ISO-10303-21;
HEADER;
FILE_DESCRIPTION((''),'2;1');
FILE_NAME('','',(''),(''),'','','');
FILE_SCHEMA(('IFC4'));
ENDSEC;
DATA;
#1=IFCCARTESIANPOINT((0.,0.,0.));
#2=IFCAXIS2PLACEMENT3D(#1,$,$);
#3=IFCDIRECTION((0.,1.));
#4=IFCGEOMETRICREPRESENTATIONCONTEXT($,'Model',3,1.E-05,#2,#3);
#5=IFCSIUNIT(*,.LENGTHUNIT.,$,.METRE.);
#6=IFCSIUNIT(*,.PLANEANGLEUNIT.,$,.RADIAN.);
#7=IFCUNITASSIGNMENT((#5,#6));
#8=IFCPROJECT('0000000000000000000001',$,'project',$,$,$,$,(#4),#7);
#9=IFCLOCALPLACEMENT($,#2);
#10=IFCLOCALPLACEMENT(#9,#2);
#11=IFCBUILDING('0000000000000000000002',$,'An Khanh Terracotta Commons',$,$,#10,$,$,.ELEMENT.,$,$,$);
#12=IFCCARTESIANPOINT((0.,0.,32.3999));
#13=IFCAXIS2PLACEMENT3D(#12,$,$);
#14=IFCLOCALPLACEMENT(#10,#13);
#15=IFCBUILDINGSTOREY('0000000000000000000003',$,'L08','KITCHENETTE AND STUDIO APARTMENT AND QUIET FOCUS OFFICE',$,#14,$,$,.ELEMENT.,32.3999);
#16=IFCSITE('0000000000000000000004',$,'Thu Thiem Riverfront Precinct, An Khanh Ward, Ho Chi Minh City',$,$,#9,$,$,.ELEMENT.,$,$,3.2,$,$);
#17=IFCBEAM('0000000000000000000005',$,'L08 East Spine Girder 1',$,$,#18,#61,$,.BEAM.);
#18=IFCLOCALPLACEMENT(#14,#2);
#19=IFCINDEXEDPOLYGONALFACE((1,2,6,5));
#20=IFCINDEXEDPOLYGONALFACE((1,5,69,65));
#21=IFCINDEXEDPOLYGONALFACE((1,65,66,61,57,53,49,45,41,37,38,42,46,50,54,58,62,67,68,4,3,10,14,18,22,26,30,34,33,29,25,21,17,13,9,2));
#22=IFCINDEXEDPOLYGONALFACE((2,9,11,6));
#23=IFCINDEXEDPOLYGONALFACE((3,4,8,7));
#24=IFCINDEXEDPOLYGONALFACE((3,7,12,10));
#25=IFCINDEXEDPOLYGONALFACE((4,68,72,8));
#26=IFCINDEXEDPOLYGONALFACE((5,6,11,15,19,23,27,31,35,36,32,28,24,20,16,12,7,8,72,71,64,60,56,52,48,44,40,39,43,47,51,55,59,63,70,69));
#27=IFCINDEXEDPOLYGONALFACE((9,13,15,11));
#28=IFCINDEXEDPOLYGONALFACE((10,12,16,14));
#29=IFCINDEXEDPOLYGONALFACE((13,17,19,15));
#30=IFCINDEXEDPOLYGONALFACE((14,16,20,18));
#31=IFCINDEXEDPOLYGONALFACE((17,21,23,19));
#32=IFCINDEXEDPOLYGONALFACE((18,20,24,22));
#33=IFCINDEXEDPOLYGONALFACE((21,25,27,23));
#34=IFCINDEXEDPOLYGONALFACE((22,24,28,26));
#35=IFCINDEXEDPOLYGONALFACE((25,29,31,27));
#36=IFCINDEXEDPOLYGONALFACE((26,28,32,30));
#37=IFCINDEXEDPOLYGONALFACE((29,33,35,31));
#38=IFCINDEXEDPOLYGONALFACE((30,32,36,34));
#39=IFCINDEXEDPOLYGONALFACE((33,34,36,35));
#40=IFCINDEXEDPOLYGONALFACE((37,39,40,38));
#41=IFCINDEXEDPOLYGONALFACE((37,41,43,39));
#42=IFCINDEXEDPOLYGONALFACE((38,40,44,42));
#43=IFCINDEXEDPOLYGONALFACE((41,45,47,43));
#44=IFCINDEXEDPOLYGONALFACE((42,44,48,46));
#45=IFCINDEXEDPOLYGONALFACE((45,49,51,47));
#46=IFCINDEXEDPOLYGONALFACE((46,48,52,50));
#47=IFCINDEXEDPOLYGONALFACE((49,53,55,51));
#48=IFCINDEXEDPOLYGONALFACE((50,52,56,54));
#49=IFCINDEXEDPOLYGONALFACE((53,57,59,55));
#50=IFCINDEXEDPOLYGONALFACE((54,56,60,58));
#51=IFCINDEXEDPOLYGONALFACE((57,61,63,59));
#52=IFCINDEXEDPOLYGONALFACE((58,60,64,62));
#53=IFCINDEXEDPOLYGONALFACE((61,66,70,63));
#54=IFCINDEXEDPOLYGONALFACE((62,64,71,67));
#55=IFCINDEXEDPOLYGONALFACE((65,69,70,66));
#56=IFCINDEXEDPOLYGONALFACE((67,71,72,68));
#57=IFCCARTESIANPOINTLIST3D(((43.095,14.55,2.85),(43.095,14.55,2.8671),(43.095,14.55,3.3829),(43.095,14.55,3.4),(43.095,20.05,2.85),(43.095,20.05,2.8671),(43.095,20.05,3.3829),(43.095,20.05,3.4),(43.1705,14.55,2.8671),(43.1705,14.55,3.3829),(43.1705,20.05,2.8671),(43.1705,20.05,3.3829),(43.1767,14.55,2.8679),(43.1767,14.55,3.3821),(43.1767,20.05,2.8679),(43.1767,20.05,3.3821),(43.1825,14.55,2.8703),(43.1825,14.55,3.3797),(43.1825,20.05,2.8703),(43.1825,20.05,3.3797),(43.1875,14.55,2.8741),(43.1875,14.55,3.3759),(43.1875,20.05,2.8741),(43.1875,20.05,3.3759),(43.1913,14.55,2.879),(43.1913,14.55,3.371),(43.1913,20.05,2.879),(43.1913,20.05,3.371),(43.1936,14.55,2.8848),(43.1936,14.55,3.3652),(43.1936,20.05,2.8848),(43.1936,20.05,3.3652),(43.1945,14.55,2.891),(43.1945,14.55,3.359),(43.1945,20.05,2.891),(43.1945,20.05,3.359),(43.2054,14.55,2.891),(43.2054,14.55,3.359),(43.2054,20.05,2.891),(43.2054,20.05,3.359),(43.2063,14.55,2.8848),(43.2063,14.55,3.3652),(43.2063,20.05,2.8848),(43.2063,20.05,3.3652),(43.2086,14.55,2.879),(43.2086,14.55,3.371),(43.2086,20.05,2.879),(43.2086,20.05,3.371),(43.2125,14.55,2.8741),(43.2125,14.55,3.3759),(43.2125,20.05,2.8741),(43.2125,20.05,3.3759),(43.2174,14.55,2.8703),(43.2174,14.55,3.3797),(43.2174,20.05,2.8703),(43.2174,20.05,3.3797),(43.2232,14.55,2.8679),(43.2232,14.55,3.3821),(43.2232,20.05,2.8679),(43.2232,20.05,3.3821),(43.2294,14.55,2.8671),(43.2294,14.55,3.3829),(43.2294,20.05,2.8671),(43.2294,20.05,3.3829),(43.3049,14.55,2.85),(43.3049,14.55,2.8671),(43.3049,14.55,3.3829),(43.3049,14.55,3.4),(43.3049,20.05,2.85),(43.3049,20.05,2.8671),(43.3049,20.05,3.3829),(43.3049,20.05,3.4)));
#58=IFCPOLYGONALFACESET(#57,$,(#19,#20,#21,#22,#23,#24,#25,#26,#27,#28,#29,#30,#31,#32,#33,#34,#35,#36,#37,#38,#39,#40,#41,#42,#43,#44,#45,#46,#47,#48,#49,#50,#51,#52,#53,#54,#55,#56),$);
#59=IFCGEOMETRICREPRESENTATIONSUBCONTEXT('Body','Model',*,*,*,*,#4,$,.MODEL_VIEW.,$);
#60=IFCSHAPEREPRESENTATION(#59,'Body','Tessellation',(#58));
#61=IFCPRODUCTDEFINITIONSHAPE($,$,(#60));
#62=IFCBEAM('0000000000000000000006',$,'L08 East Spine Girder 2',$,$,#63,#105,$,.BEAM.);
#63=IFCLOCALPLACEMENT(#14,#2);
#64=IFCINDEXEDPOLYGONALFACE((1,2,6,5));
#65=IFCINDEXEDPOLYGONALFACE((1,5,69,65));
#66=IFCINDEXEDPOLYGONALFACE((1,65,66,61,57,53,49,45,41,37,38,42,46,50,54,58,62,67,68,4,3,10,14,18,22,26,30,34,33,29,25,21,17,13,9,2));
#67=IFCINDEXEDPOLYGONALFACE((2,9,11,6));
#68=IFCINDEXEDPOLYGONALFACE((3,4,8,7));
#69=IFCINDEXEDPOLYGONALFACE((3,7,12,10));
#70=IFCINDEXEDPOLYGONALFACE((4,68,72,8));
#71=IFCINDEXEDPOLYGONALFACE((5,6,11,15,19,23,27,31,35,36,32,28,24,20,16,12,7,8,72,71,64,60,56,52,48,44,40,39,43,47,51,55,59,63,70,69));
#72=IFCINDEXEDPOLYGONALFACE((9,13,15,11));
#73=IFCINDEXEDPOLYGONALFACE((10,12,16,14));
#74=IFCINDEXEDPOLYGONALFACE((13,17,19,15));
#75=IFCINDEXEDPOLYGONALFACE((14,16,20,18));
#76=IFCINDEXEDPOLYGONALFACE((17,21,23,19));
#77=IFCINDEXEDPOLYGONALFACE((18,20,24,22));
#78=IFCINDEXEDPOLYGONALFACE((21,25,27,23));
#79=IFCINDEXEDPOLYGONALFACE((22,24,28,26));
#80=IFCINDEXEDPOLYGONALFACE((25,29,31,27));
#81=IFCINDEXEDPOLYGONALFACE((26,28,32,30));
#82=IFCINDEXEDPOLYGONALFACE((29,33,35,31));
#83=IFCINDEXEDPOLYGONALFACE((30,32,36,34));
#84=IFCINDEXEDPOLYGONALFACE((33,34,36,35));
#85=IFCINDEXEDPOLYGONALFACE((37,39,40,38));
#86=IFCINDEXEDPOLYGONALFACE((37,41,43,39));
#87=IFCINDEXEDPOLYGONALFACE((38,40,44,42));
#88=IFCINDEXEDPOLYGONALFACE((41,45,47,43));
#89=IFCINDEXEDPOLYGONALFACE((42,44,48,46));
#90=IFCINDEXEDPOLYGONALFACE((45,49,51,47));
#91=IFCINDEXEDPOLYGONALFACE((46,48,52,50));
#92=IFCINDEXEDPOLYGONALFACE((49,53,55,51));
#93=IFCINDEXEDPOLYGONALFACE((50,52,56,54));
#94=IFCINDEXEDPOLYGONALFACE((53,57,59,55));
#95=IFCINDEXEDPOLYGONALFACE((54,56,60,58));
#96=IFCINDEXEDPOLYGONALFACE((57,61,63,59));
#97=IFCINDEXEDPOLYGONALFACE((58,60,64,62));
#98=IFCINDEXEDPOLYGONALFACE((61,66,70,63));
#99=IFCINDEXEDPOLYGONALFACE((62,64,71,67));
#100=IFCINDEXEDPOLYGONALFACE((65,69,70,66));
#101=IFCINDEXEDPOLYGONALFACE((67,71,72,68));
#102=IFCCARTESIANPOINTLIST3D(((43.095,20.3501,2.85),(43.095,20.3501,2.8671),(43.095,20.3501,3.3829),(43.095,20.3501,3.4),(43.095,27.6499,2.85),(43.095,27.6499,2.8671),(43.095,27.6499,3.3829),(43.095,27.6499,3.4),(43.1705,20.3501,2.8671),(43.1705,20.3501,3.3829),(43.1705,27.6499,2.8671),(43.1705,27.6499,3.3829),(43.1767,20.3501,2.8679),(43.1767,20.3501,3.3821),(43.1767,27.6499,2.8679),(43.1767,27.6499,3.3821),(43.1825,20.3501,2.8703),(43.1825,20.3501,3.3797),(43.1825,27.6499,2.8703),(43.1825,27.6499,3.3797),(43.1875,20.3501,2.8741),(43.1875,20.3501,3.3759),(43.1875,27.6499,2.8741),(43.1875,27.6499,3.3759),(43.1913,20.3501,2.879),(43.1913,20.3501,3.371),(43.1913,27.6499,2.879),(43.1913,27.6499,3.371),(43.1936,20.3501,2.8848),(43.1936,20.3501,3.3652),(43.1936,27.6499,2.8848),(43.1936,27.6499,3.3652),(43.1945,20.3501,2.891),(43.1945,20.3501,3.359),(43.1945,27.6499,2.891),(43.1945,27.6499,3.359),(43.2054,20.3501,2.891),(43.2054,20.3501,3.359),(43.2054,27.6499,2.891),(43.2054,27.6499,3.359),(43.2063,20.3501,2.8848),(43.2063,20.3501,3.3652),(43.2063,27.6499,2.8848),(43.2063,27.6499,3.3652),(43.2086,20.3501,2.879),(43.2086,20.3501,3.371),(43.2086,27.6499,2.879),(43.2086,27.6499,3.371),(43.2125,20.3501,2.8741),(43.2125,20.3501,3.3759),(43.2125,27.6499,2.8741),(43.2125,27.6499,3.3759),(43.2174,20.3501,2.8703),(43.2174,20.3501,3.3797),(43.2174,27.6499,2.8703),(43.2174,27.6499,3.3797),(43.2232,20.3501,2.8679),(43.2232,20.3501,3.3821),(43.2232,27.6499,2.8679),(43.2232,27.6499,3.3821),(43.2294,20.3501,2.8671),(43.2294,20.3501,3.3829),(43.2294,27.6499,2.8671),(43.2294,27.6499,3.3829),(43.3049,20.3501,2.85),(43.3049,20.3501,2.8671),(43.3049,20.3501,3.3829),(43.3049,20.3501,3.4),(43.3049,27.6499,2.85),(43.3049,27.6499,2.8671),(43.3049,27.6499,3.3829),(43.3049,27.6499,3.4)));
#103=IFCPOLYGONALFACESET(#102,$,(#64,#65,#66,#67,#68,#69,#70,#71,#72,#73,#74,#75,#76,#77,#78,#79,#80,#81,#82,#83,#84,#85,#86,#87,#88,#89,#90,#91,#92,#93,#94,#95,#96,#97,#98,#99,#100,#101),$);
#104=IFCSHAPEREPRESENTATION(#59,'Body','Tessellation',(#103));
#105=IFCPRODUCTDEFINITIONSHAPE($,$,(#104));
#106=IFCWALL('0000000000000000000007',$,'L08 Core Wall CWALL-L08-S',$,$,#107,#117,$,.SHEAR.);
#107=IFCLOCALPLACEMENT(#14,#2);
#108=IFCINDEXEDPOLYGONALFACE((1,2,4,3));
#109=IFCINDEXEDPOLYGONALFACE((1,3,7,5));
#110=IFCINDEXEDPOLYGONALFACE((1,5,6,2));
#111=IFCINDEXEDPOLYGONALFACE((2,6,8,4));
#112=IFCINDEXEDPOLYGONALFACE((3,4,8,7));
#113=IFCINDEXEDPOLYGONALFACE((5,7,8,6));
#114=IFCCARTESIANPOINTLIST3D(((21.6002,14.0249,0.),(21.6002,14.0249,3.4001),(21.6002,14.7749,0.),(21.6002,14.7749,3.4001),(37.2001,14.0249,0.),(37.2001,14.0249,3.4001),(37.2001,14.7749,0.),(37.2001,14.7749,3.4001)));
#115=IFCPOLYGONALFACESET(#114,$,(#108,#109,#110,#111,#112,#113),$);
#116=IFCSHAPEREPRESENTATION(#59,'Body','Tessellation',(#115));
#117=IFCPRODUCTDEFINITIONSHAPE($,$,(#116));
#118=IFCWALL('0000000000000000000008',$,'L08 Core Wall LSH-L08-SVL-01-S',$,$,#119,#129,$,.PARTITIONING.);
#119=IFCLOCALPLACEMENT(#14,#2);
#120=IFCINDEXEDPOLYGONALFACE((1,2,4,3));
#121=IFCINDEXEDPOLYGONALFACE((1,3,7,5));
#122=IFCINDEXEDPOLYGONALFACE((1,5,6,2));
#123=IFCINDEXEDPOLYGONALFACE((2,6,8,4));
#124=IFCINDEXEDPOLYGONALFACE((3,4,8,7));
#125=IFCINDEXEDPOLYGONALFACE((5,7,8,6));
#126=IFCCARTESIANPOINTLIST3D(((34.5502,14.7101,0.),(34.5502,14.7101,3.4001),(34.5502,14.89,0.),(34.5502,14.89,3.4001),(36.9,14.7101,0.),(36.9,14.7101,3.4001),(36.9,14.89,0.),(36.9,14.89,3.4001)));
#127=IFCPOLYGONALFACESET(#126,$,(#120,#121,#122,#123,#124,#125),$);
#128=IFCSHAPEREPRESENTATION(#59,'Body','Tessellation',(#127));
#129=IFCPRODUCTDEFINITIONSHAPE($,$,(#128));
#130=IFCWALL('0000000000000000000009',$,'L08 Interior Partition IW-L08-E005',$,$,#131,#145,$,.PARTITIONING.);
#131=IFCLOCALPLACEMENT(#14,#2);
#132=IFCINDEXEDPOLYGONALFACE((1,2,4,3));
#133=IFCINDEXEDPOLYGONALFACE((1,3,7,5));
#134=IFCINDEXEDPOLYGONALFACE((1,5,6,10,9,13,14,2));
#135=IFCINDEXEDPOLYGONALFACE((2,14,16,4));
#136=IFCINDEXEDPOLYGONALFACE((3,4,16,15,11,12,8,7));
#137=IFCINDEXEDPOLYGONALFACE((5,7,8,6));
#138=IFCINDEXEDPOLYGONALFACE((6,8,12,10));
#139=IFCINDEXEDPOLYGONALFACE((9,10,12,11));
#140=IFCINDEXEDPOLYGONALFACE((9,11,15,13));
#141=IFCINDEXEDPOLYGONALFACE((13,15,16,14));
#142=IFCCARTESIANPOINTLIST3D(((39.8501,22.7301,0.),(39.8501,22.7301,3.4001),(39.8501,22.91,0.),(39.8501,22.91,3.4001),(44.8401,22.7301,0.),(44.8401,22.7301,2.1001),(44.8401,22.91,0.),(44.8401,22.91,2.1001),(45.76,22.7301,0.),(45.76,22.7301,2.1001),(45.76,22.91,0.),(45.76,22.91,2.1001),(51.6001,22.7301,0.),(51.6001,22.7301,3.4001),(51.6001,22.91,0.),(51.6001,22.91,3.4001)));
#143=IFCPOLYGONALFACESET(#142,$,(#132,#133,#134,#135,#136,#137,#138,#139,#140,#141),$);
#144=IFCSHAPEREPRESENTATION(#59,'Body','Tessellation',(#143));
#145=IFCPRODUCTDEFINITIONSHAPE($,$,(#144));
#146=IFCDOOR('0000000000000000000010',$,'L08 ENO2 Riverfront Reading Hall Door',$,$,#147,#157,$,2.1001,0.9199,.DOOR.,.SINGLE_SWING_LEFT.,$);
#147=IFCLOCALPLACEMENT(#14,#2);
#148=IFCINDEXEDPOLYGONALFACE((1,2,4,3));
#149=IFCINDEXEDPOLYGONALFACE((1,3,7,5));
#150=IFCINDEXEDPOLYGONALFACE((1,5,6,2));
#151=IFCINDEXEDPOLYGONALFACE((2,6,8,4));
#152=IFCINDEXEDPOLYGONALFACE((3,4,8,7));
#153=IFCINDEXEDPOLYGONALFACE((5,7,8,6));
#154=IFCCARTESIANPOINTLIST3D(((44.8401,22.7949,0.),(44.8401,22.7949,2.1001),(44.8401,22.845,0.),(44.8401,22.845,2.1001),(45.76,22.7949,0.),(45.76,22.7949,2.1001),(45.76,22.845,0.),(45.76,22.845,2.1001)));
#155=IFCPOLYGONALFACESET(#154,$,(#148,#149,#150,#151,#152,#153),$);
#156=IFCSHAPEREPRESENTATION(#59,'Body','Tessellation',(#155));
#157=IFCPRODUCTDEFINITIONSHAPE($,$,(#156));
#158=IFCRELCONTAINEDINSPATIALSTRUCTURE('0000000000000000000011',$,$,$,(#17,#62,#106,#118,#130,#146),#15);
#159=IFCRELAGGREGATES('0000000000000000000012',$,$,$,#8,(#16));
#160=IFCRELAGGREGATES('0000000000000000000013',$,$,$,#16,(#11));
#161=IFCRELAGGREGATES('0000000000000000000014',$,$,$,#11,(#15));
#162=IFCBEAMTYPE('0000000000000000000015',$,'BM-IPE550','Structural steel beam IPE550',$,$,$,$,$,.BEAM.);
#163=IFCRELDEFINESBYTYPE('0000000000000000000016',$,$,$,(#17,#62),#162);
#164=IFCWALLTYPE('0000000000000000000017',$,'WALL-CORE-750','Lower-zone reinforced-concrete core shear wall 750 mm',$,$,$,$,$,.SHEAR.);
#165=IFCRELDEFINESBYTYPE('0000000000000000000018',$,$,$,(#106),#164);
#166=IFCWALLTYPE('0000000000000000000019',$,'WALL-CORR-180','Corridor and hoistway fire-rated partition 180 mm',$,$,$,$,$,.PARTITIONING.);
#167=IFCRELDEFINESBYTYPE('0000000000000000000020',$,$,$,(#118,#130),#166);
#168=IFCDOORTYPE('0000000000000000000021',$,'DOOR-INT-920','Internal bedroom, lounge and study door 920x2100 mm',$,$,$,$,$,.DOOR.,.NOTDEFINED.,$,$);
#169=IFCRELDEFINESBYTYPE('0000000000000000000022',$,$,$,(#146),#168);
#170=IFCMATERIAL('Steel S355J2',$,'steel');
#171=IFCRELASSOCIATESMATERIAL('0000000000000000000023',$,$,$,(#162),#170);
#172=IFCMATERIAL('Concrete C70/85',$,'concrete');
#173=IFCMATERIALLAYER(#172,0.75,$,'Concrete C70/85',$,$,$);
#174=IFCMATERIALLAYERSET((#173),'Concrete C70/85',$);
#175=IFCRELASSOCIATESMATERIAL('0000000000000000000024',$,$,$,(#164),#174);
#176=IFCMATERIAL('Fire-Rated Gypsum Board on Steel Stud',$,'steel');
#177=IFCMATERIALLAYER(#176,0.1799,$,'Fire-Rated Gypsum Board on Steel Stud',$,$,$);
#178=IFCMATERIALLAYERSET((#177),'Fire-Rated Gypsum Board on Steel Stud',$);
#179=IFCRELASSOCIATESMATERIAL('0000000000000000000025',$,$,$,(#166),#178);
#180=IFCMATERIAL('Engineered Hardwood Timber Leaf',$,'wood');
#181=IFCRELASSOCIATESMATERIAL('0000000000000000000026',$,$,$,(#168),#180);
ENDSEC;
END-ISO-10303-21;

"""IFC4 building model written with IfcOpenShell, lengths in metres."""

from ifc_helpers import new_model, si_unit, direction, frame, frame_2d, origin, origin_2d, place, context, subcontext, project, spatial, rectangle, i_section, extrude, material, layer, layer_set, material_profile, profile_set, type_object, element, fill, save


model = new_model("IFC4")

# Units and contexts
model_context = context("Model", 3, precision=1e-05, world=origin(), true_north=direction((0.0, 1.0)))
body_context = subcontext(model_context, "Body", "Model", "MODEL_VIEW")
ifc_project = project(units=[si_unit("LENGTHUNIT", "METRE"), si_unit("PLANEANGLEUNIT", "RADIAN")], contexts=[model_context])

# Site, building, storey
site_placement = place(None, origin())
site = spatial("IfcSite", under=ifc_project, at=site_placement, Name="Thu Thiem Riverfront Precinct, An Khanh Ward, Ho Chi Minh City", CompositionType="ELEMENT", RefElevation=3.2)
building_placement = place(site_placement, origin())
building = spatial("IfcBuilding", under=site, at=building_placement, Name="An Khanh Terracotta Commons", CompositionType="ELEMENT")
storey_placement = place(building_placement, frame((0.0, 0.0, 32.3999)))
storey = spatial("IfcBuildingStorey", under=building, at=storey_placement, Name="L08", Description="KITCHENETTE AND STUDIO APARTMENT AND QUIET FOCUS OFFICE", CompositionType="ELEMENT", Elevation=32.3999)

# Shared definitions
ifc_material_1 = material(Name="Concrete C70/85", Category="concrete")

# Beams
ifc_material_2 = material(Name="Steel S355J2", Category="steel")
ifc_material_profile_1 = material_profile(ifc_material_2, i_section(OverallWidth=0.21, OverallDepth=0.55, WebThickness=0.011, FlangeThickness=0.0171, FilletRadius=0.0239, at=origin_2d()), Name="IPE550")
ifc_profile_set_1 = profile_set([ifc_material_profile_1], Name="Steel S355J2")
beam_type_1 = type_object("IfcBeamType", Name="BM-IPE550", Description="Structural steel beam IPE550", PredefinedType="BEAM", material=ifc_profile_set_1)
beam_1_placement = place(storey_placement, frame((43.2, 14.55, 3.125), z_axis=(0.0, 1.0, 0.0), x_axis=(-1.0, 0.0, 0.0)))
element("IfcBeam", 1, at=beam_1_placement, inside=storey, type_object=beam_type_1, Name="L08 East Spine Girder 1", PredefinedType="BEAM", context=body_context, shape_type="SweptSolid", body=[
    extrude(i_section(OverallWidth=0.21, OverallDepth=0.55, WebThickness=0.011, FlangeThickness=0.0171, FilletRadius=0.0239, at=origin_2d()), origin(), (0.0, 0.0, 1.0), 5.5),
])
beam_2_placement = place(storey_placement, frame((43.2, 20.3501, 3.125), z_axis=(0.0, 1.0, 0.0), x_axis=(-1.0, 0.0, 0.0)))
element("IfcBeam", 2, at=beam_2_placement, inside=storey, type_object=beam_type_1, Name="L08 East Spine Girder 2", PredefinedType="BEAM", context=body_context, shape_type="SweptSolid", body=[
    extrude(i_section(OverallWidth=0.21, OverallDepth=0.55, WebThickness=0.011, FlangeThickness=0.0171, FilletRadius=0.0239, at=origin_2d()), origin(), (0.0, 0.0, 1.0), 7.2998),
])

# Wall
ifc_layer_1 = layer(ifc_material_1, 0.75, Name="Concrete C70/85")
ifc_layer_set_1 = layer_set([ifc_layer_1], Name="Concrete C70/85")
wall_type_1 = type_object("IfcWallType", Name="WALL-CORE-750", Description="Lower-zone reinforced-concrete core shear wall 750 mm", PredefinedType="SHEAR", material=ifc_layer_set_1)
wall_1_placement = place(storey_placement, frame((37.2, 14.3999, 0.0), z_axis=(0.0, 0.0, 1.0), x_axis=(-1.0, 0.0, 0.0)))
element("IfcWall", 3, at=wall_1_placement, inside=storey, type_object=wall_type_1, Name="L08 Core Wall CWALL-L08-S", PredefinedType="SHEAR", context=body_context, shape_type="SweptSolid", body=[
    extrude(rectangle(XDim=15.5999, YDim=0.75, at=frame_2d((7.7998, 0.0))), origin(), (0.0, 0.0, 1.0), 3.4001),
])

# Wall
ifc_material_3 = material(Name="Fire-Rated Gypsum Board on Steel Stud", Category="steel")
ifc_layer_2 = layer(ifc_material_3, 0.1799, Name="Fire-Rated Gypsum Board on Steel Stud")
ifc_layer_set_2 = layer_set([ifc_layer_2], Name="Fire-Rated Gypsum Board on Steel Stud")
wall_type_2 = type_object("IfcWallType", Name="WALL-CORR-180", Description="Corridor and hoistway fire-rated partition 180 mm", PredefinedType="PARTITIONING", material=ifc_layer_set_2)
wall_2_placement = place(storey_placement, frame((36.8999, 14.8, 0.0), z_axis=(0.0, 0.0, 1.0), x_axis=(-1.0, 0.0, 0.0)))
element("IfcWall", 4, at=wall_2_placement, inside=storey, type_object=wall_type_2, Name="L08 Core Wall LSH-L08-SVL-01-S", PredefinedType="PARTITIONING", context=body_context, shape_type="SweptSolid", body=[
    extrude(rectangle(XDim=2.3499, YDim=0.1799, at=frame_2d((1.1748, 0.0))), origin(), (0.0, 0.0, 1.0), 3.4001),
])

# Wall, opening, door
wall_3_placement = place(storey_placement, frame((39.8501, 22.8201, 0.0), z_axis=(0.0, 0.0, 1.0), x_axis=(1.0, 0.0, 0.0)))
wall_3 = element("IfcWall", 5, at=wall_3_placement, inside=storey, type_object=wall_type_2, Name="L08 Interior Partition IW-L08-E005", PredefinedType="PARTITIONING", context=body_context, shape_type="SweptSolid", body=[
    extrude(rectangle(XDim=11.75, YDim=0.1799, at=frame_2d((5.875, 0.0))), origin(), (0.0, 0.0, 1.0), 3.4001),
])
opening_1_placement = place(wall_3_placement, frame((4.99, 0.0, 0.0)))
opening_1 = element("IfcOpeningElement", 6, at=opening_1_placement, cuts=wall_3, PredefinedType="OPENING", context=body_context, shape_type="SweptSolid", body=[
    extrude(rectangle(XDim=0.9199, YDim=2.1001, at=frame_2d((0.46, 1.05))), frame((0.0, 0.0999, 0.0), z_axis=(0.0, -1.0, 0.0), x_axis=(1.0, 0.0, 0.0)), (0.0, 0.0, 1.0), 0.2),
])
ifc_material_4 = material(Name="Engineered Hardwood Timber Leaf", Category="wood")
door_type_1 = type_object("IfcDoorType", Name="DOOR-INT-920", Description="Internal bedroom, lounge and study door 920x2100 mm", OperationType="NOTDEFINED", PredefinedType="DOOR", material=ifc_material_4)
door_1_placement = place(opening_1_placement, origin())
door_1 = element("IfcDoor", 7, at=door_1_placement, inside=storey, type_object=door_type_1, Name="L08 ENO2 Riverfront Reading Hall Door", OperationType="SINGLE_SWING_LEFT", OverallHeight=2.1001, OverallWidth=0.9199, PredefinedType="DOOR", context=body_context, shape_type="SweptSolid", body=[
    extrude(rectangle(XDim=0.9199, YDim=2.1001, at=frame_2d((0.46, 1.05))), frame((0.0, 0.0249, 0.0), z_axis=(0.0, -1.0, 0.0), x_axis=(1.0, 0.0, 0.0)), (0.0, 0.0, 1.0), 0.05),
])
fill(opening_1, door_1)

save(model, "model.ifc")
